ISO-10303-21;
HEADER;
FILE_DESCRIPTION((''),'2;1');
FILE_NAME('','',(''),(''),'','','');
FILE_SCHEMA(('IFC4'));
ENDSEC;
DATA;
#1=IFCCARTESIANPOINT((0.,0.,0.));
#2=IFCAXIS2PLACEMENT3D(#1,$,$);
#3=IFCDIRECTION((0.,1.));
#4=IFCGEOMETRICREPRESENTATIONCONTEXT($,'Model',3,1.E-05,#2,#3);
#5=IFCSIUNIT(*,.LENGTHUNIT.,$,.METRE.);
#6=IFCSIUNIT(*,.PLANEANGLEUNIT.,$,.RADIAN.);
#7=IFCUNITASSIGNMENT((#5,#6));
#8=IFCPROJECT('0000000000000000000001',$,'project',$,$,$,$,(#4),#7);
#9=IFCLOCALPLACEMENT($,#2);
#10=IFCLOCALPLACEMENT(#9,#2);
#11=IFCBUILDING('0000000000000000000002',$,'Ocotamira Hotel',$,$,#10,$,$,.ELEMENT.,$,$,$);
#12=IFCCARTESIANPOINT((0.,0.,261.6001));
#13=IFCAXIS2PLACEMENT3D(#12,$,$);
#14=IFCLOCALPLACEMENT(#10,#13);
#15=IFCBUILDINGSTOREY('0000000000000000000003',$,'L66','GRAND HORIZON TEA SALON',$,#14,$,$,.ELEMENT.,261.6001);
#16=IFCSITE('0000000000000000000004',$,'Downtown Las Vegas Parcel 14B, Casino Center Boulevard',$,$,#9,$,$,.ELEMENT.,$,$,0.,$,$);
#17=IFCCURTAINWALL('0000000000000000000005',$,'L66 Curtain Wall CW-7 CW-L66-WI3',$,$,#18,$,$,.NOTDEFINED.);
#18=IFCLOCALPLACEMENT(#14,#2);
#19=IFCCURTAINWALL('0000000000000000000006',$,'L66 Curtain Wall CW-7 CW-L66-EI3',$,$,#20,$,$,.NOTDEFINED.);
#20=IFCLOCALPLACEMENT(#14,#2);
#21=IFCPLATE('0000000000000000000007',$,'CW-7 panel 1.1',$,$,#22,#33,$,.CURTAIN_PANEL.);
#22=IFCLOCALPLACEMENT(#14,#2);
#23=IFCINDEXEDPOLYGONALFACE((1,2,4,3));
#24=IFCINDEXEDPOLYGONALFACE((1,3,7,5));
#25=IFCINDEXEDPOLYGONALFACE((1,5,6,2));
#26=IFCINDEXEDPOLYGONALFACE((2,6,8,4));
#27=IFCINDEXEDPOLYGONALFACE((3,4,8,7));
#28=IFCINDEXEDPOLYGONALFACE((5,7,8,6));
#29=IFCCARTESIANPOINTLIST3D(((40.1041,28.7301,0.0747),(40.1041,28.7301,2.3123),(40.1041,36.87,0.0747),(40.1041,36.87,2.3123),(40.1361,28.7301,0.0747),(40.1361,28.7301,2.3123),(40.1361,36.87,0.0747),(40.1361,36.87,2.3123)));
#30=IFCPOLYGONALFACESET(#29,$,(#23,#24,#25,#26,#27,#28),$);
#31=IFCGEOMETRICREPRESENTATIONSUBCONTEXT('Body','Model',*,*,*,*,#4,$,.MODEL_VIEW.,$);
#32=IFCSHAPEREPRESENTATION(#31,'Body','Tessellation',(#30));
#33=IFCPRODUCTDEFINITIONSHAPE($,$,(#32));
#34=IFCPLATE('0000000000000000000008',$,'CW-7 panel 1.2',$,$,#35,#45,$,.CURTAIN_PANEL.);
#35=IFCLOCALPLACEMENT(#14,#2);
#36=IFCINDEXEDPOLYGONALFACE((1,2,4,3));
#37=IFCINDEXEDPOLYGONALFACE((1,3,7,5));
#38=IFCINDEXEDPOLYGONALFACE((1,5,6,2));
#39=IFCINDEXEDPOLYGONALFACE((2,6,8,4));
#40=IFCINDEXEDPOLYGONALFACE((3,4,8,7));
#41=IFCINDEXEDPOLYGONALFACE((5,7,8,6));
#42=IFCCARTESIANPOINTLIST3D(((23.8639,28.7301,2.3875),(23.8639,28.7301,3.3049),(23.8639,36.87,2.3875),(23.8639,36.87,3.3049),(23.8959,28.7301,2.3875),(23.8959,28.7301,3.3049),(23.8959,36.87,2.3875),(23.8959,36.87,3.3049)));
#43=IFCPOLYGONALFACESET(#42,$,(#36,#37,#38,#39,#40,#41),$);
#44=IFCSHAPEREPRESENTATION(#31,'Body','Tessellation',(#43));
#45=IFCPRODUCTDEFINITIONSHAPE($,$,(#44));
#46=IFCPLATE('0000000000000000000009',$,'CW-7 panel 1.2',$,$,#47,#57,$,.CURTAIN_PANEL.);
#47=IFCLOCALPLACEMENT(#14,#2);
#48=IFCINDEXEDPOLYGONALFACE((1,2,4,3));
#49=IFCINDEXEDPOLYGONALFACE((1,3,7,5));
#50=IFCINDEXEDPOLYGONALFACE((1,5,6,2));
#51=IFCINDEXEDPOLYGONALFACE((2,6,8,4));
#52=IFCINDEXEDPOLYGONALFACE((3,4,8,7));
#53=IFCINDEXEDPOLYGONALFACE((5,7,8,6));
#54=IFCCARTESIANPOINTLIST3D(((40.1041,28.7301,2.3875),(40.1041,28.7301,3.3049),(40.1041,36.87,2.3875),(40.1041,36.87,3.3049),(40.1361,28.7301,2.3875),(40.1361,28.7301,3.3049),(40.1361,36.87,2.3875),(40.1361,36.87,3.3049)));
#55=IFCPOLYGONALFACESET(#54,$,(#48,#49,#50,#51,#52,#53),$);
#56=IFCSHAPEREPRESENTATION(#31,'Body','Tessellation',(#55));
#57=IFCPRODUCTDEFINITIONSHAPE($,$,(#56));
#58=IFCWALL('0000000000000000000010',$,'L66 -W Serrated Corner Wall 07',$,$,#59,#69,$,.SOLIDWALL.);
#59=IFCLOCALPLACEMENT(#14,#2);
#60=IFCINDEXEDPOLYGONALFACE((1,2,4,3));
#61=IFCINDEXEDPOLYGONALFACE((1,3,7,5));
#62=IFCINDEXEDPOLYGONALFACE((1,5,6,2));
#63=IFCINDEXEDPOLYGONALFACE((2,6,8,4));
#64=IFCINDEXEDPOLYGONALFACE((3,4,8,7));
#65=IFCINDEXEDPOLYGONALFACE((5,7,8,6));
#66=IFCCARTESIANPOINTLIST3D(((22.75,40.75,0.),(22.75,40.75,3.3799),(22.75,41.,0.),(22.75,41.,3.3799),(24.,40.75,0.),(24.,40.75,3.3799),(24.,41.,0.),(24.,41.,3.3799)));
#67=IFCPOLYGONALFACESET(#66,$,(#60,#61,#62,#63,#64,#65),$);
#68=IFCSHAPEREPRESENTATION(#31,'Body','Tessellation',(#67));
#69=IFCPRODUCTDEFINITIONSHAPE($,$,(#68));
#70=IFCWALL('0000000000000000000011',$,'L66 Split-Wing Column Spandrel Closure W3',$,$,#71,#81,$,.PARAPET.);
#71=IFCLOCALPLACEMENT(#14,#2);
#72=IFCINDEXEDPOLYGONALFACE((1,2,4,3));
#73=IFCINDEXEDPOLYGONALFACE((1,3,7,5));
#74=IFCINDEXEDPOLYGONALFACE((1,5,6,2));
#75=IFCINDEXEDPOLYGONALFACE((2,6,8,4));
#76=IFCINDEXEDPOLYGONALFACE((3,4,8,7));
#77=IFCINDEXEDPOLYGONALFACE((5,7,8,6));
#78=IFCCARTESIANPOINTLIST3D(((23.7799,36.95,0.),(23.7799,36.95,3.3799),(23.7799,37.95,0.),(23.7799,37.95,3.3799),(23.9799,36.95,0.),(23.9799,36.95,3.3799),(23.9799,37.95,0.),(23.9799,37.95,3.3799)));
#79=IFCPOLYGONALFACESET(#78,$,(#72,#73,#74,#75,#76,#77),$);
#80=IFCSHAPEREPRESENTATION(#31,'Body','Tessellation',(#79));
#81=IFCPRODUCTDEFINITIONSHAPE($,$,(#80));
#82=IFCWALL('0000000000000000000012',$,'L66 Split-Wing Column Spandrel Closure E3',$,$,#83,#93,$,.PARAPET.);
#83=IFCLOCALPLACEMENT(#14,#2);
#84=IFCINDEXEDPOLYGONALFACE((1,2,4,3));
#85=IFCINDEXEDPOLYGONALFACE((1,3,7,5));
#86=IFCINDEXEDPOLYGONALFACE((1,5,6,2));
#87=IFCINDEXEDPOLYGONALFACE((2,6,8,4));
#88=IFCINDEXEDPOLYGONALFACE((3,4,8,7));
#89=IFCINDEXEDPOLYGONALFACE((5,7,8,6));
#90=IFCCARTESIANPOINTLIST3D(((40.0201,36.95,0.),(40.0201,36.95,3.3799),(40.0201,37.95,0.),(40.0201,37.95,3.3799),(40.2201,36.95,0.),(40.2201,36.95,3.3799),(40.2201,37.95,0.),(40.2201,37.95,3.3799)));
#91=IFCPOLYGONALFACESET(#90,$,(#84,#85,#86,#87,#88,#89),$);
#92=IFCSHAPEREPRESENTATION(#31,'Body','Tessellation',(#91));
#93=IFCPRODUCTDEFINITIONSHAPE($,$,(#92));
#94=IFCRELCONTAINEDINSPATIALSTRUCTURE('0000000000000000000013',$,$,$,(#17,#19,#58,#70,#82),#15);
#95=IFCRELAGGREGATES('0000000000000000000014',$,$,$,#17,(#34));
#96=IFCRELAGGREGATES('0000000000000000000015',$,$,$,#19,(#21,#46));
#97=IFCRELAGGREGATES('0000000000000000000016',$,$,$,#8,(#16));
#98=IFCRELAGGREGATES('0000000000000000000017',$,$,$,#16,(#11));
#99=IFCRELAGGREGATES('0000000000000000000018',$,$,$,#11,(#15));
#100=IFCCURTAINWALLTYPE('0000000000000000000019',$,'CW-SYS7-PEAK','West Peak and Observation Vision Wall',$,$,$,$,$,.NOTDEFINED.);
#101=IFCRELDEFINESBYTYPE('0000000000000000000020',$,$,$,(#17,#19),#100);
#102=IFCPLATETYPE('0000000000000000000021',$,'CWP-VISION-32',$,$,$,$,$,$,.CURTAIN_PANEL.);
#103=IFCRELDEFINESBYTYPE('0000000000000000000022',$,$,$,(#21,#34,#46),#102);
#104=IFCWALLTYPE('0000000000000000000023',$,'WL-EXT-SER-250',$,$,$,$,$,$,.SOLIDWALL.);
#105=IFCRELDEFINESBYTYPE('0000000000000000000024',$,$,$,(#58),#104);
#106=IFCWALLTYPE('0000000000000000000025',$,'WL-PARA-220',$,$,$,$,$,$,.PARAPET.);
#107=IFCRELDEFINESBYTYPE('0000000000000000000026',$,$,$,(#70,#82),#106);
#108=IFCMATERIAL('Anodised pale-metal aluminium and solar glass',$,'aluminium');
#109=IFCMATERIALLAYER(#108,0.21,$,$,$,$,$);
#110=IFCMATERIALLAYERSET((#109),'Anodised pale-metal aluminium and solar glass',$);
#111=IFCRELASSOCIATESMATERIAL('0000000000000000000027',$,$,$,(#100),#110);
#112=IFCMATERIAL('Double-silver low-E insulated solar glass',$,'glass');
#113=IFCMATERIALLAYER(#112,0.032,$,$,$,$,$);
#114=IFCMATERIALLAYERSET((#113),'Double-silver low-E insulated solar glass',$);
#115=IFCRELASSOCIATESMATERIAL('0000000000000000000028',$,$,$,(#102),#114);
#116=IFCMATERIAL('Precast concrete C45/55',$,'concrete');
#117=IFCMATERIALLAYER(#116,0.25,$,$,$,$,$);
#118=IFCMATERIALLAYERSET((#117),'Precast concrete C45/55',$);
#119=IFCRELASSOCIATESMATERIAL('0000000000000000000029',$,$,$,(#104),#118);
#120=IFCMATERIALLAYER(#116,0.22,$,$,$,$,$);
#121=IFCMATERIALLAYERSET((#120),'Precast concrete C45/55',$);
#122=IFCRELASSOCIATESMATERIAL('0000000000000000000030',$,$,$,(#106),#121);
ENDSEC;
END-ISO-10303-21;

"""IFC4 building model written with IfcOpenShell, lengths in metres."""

from ifc_helpers import new_model, si_unit, direction, frame, frame_2d, origin, origin_2d, place, context, subcontext, project, spatial, rectangle, extrude, source, transform, mapped, material, layer, layer_set, type_object, element, aggregate, save


model = new_model("IFC4")

# Units and contexts
model_context = context("Model", 3, precision=1e-05, world=origin(), true_north=direction((0.0, 1.0)))
body_context = subcontext(model_context, "Body", "Model", "MODEL_VIEW")
ifc_project = project(units=[si_unit("LENGTHUNIT", "METRE"), si_unit("PLANEANGLEUNIT", "RADIAN")], contexts=[model_context])

# Site, building, storey
site_placement = place(None, origin())
site = spatial("IfcSite", under=ifc_project, at=site_placement, Name="Downtown Las Vegas Parcel 14B, Casino Center Boulevard", CompositionType="ELEMENT", RefElevation=0.0)
building_placement = place(site_placement, origin())
building = spatial("IfcBuilding", under=site, at=building_placement, Name="Ocotamira Hotel", CompositionType="ELEMENT")
storey_placement = place(building_placement, frame((0.0, 0.0, 261.6001)))
storey = spatial("IfcBuildingStorey", under=building, at=storey_placement, Name="L66", Description="GRAND HORIZON TEA SALON", CompositionType="ELEMENT", Elevation=261.6001)

# Curtain walls
ifc_material_1 = material(Name="Anodised pale-metal aluminium and solar glass", Category="aluminium")
ifc_layer_1 = layer(ifc_material_1, 0.21)
ifc_layer_set_1 = layer_set([ifc_layer_1], Name="Anodised pale-metal aluminium and solar glass")
curtain_wall_type = type_object("IfcCurtainWallType", Name="CW-SYS7-PEAK", Description="West Peak and Observation Vision Wall", PredefinedType="NOTDEFINED", material=ifc_layer_set_1)
curtain_wall_1_placement = place(storey_placement, origin())
curtain_wall_1 = element("IfcCurtainWall", 1, at=curtain_wall_1_placement, inside=storey, type_object=curtain_wall_type, Name="L66 Curtain Wall CW-7 CW-L66-WI3", PredefinedType="NOTDEFINED")
curtain_wall_2_placement = place(storey_placement, origin())
curtain_wall_2 = element("IfcCurtainWall", 2, at=curtain_wall_2_placement, inside=storey, type_object=curtain_wall_type, Name="L66 Curtain Wall CW-7 CW-L66-EI3", PredefinedType="NOTDEFINED")

# Plates
ifc_material_2 = material(Name="Double-silver low-E insulated solar glass", Category="glass")
ifc_layer_2 = layer(ifc_material_2, 0.032)
ifc_layer_set_2 = layer_set([ifc_layer_2], Name="Double-silver low-E insulated solar glass")
plate_type = type_object("IfcPlateType", Name="CWP-VISION-32", PredefinedType="CURTAIN_PANEL", material=ifc_layer_set_2)
shared_shape_1 = source(origin(), body_context, "Body", "SweptSolid", [
    extrude(rectangle(XDim=8.1399, YDim=0.032, at=origin_2d()), origin(), (0.0, 0.0, 1.0), 2.2375),
])
plate_1_placement = place(storey_placement, frame((40.1201, 32.8, 0.0747), z_axis=(0.0, 0.0, 1.0), x_axis=(0.0, 1.0, 0.0)))
plate_1 = element("IfcPlate", 3, at=plate_1_placement, type_object=plate_type, Name="CW-7 panel 1.1", PredefinedType="CURTAIN_PANEL", context=body_context, shape_type="MappedRepresentation", body=[
    mapped(shared_shape_1, transform((0.0, 0.0, 0.0), scale=1.0)),
])
shared_shape_2 = source(origin(), body_context, "Body", "SweptSolid", [
    extrude(rectangle(XDim=8.1399, YDim=0.032, at=origin_2d()), origin(), (0.0, 0.0, 1.0), 0.9175),
])
plate_2_placement = place(storey_placement, frame((23.8799, 32.8, 2.3875), z_axis=(0.0, 0.0, 1.0), x_axis=(0.0, 1.0, 0.0)))
plate_2 = element("IfcPlate", 4, at=plate_2_placement, type_object=plate_type, Name="CW-7 panel 1.2", PredefinedType="CURTAIN_PANEL", context=body_context, shape_type="MappedRepresentation", body=[
    mapped(shared_shape_2, transform((0.0, 0.0, 0.0), scale=1.0)),
])
aggregate(curtain_wall_1, [plate_2])
plate_3_placement = place(storey_placement, frame((40.1201, 32.8, 2.3875), z_axis=(0.0, 0.0, 1.0), x_axis=(0.0, 1.0, 0.0)))
plate_3 = element("IfcPlate", 5, at=plate_3_placement, type_object=plate_type, Name="CW-7 panel 1.2", PredefinedType="CURTAIN_PANEL", context=body_context, shape_type="MappedRepresentation", body=[
    mapped(shared_shape_2, transform((0.0, 0.0, 0.0), scale=1.0)),
])
aggregate(curtain_wall_2, [plate_1, plate_3])

# Walls
ifc_material_3 = material(Name="Precast concrete C45/55", Category="concrete")
ifc_layer_3 = layer(ifc_material_3, 0.25)
ifc_layer_set_3 = layer_set([ifc_layer_3], Name="Precast concrete C45/55")
wall_type_1 = type_object("IfcWallType", Name="WL-EXT-SER-250", PredefinedType="SOLIDWALL", material=ifc_layer_set_3)
wall_placement = place(storey_placement, frame((24.0, 40.875, 0.0), z_axis=(0.0, 0.0, 1.0), x_axis=(-1.0, 0.0, 0.0)))
element("IfcWall", 6, at=wall_placement, inside=storey, type_object=wall_type_1, Name="L66 -W Serrated Corner Wall 07", PredefinedType="SOLIDWALL", context=body_context, shape_type="SweptSolid", body=[
    extrude(rectangle(XDim=1.25, YDim=0.25, at=frame_2d((0.625, 0.0))), origin(), (0.0, 0.0, 1.0), 3.3799),
])
ifc_layer_4 = layer(ifc_material_3, 0.22)
ifc_layer_set_4 = layer_set([ifc_layer_4], Name="Precast concrete C45/55")
wall_type_2 = type_object("IfcWallType", Name="WL-PARA-220", PredefinedType="PARAPET", material=ifc_layer_set_4)
for number, where, z_axis, x_axis, name in (
    (7, (23.8799, 36.95, 0.0), (0.0, 0.0, 1.0), (0.0, 1.0, 0.0), "L66 Split-Wing Column Spandrel Closure W3"),
    (8, (40.1201, 36.95, 0.0), (0.0, 0.0, 1.0), (0.0, 1.0, 0.0), "L66 Split-Wing Column Spandrel Closure E3"),
):
    element("IfcWall", number, at=place(storey_placement, frame(where, z_axis=z_axis, x_axis=x_axis)), inside=storey, type_object=wall_type_2, Name=name, PredefinedType="PARAPET", context=body_context, shape_type="SweptSolid", body=[
        extrude(rectangle(XDim=1.0, YDim=0.2, at=frame_2d((0.5, 0.0))), origin(), (0.0, 0.0, 1.0), 3.3799),
    ])

save(model, "model.ifc")
